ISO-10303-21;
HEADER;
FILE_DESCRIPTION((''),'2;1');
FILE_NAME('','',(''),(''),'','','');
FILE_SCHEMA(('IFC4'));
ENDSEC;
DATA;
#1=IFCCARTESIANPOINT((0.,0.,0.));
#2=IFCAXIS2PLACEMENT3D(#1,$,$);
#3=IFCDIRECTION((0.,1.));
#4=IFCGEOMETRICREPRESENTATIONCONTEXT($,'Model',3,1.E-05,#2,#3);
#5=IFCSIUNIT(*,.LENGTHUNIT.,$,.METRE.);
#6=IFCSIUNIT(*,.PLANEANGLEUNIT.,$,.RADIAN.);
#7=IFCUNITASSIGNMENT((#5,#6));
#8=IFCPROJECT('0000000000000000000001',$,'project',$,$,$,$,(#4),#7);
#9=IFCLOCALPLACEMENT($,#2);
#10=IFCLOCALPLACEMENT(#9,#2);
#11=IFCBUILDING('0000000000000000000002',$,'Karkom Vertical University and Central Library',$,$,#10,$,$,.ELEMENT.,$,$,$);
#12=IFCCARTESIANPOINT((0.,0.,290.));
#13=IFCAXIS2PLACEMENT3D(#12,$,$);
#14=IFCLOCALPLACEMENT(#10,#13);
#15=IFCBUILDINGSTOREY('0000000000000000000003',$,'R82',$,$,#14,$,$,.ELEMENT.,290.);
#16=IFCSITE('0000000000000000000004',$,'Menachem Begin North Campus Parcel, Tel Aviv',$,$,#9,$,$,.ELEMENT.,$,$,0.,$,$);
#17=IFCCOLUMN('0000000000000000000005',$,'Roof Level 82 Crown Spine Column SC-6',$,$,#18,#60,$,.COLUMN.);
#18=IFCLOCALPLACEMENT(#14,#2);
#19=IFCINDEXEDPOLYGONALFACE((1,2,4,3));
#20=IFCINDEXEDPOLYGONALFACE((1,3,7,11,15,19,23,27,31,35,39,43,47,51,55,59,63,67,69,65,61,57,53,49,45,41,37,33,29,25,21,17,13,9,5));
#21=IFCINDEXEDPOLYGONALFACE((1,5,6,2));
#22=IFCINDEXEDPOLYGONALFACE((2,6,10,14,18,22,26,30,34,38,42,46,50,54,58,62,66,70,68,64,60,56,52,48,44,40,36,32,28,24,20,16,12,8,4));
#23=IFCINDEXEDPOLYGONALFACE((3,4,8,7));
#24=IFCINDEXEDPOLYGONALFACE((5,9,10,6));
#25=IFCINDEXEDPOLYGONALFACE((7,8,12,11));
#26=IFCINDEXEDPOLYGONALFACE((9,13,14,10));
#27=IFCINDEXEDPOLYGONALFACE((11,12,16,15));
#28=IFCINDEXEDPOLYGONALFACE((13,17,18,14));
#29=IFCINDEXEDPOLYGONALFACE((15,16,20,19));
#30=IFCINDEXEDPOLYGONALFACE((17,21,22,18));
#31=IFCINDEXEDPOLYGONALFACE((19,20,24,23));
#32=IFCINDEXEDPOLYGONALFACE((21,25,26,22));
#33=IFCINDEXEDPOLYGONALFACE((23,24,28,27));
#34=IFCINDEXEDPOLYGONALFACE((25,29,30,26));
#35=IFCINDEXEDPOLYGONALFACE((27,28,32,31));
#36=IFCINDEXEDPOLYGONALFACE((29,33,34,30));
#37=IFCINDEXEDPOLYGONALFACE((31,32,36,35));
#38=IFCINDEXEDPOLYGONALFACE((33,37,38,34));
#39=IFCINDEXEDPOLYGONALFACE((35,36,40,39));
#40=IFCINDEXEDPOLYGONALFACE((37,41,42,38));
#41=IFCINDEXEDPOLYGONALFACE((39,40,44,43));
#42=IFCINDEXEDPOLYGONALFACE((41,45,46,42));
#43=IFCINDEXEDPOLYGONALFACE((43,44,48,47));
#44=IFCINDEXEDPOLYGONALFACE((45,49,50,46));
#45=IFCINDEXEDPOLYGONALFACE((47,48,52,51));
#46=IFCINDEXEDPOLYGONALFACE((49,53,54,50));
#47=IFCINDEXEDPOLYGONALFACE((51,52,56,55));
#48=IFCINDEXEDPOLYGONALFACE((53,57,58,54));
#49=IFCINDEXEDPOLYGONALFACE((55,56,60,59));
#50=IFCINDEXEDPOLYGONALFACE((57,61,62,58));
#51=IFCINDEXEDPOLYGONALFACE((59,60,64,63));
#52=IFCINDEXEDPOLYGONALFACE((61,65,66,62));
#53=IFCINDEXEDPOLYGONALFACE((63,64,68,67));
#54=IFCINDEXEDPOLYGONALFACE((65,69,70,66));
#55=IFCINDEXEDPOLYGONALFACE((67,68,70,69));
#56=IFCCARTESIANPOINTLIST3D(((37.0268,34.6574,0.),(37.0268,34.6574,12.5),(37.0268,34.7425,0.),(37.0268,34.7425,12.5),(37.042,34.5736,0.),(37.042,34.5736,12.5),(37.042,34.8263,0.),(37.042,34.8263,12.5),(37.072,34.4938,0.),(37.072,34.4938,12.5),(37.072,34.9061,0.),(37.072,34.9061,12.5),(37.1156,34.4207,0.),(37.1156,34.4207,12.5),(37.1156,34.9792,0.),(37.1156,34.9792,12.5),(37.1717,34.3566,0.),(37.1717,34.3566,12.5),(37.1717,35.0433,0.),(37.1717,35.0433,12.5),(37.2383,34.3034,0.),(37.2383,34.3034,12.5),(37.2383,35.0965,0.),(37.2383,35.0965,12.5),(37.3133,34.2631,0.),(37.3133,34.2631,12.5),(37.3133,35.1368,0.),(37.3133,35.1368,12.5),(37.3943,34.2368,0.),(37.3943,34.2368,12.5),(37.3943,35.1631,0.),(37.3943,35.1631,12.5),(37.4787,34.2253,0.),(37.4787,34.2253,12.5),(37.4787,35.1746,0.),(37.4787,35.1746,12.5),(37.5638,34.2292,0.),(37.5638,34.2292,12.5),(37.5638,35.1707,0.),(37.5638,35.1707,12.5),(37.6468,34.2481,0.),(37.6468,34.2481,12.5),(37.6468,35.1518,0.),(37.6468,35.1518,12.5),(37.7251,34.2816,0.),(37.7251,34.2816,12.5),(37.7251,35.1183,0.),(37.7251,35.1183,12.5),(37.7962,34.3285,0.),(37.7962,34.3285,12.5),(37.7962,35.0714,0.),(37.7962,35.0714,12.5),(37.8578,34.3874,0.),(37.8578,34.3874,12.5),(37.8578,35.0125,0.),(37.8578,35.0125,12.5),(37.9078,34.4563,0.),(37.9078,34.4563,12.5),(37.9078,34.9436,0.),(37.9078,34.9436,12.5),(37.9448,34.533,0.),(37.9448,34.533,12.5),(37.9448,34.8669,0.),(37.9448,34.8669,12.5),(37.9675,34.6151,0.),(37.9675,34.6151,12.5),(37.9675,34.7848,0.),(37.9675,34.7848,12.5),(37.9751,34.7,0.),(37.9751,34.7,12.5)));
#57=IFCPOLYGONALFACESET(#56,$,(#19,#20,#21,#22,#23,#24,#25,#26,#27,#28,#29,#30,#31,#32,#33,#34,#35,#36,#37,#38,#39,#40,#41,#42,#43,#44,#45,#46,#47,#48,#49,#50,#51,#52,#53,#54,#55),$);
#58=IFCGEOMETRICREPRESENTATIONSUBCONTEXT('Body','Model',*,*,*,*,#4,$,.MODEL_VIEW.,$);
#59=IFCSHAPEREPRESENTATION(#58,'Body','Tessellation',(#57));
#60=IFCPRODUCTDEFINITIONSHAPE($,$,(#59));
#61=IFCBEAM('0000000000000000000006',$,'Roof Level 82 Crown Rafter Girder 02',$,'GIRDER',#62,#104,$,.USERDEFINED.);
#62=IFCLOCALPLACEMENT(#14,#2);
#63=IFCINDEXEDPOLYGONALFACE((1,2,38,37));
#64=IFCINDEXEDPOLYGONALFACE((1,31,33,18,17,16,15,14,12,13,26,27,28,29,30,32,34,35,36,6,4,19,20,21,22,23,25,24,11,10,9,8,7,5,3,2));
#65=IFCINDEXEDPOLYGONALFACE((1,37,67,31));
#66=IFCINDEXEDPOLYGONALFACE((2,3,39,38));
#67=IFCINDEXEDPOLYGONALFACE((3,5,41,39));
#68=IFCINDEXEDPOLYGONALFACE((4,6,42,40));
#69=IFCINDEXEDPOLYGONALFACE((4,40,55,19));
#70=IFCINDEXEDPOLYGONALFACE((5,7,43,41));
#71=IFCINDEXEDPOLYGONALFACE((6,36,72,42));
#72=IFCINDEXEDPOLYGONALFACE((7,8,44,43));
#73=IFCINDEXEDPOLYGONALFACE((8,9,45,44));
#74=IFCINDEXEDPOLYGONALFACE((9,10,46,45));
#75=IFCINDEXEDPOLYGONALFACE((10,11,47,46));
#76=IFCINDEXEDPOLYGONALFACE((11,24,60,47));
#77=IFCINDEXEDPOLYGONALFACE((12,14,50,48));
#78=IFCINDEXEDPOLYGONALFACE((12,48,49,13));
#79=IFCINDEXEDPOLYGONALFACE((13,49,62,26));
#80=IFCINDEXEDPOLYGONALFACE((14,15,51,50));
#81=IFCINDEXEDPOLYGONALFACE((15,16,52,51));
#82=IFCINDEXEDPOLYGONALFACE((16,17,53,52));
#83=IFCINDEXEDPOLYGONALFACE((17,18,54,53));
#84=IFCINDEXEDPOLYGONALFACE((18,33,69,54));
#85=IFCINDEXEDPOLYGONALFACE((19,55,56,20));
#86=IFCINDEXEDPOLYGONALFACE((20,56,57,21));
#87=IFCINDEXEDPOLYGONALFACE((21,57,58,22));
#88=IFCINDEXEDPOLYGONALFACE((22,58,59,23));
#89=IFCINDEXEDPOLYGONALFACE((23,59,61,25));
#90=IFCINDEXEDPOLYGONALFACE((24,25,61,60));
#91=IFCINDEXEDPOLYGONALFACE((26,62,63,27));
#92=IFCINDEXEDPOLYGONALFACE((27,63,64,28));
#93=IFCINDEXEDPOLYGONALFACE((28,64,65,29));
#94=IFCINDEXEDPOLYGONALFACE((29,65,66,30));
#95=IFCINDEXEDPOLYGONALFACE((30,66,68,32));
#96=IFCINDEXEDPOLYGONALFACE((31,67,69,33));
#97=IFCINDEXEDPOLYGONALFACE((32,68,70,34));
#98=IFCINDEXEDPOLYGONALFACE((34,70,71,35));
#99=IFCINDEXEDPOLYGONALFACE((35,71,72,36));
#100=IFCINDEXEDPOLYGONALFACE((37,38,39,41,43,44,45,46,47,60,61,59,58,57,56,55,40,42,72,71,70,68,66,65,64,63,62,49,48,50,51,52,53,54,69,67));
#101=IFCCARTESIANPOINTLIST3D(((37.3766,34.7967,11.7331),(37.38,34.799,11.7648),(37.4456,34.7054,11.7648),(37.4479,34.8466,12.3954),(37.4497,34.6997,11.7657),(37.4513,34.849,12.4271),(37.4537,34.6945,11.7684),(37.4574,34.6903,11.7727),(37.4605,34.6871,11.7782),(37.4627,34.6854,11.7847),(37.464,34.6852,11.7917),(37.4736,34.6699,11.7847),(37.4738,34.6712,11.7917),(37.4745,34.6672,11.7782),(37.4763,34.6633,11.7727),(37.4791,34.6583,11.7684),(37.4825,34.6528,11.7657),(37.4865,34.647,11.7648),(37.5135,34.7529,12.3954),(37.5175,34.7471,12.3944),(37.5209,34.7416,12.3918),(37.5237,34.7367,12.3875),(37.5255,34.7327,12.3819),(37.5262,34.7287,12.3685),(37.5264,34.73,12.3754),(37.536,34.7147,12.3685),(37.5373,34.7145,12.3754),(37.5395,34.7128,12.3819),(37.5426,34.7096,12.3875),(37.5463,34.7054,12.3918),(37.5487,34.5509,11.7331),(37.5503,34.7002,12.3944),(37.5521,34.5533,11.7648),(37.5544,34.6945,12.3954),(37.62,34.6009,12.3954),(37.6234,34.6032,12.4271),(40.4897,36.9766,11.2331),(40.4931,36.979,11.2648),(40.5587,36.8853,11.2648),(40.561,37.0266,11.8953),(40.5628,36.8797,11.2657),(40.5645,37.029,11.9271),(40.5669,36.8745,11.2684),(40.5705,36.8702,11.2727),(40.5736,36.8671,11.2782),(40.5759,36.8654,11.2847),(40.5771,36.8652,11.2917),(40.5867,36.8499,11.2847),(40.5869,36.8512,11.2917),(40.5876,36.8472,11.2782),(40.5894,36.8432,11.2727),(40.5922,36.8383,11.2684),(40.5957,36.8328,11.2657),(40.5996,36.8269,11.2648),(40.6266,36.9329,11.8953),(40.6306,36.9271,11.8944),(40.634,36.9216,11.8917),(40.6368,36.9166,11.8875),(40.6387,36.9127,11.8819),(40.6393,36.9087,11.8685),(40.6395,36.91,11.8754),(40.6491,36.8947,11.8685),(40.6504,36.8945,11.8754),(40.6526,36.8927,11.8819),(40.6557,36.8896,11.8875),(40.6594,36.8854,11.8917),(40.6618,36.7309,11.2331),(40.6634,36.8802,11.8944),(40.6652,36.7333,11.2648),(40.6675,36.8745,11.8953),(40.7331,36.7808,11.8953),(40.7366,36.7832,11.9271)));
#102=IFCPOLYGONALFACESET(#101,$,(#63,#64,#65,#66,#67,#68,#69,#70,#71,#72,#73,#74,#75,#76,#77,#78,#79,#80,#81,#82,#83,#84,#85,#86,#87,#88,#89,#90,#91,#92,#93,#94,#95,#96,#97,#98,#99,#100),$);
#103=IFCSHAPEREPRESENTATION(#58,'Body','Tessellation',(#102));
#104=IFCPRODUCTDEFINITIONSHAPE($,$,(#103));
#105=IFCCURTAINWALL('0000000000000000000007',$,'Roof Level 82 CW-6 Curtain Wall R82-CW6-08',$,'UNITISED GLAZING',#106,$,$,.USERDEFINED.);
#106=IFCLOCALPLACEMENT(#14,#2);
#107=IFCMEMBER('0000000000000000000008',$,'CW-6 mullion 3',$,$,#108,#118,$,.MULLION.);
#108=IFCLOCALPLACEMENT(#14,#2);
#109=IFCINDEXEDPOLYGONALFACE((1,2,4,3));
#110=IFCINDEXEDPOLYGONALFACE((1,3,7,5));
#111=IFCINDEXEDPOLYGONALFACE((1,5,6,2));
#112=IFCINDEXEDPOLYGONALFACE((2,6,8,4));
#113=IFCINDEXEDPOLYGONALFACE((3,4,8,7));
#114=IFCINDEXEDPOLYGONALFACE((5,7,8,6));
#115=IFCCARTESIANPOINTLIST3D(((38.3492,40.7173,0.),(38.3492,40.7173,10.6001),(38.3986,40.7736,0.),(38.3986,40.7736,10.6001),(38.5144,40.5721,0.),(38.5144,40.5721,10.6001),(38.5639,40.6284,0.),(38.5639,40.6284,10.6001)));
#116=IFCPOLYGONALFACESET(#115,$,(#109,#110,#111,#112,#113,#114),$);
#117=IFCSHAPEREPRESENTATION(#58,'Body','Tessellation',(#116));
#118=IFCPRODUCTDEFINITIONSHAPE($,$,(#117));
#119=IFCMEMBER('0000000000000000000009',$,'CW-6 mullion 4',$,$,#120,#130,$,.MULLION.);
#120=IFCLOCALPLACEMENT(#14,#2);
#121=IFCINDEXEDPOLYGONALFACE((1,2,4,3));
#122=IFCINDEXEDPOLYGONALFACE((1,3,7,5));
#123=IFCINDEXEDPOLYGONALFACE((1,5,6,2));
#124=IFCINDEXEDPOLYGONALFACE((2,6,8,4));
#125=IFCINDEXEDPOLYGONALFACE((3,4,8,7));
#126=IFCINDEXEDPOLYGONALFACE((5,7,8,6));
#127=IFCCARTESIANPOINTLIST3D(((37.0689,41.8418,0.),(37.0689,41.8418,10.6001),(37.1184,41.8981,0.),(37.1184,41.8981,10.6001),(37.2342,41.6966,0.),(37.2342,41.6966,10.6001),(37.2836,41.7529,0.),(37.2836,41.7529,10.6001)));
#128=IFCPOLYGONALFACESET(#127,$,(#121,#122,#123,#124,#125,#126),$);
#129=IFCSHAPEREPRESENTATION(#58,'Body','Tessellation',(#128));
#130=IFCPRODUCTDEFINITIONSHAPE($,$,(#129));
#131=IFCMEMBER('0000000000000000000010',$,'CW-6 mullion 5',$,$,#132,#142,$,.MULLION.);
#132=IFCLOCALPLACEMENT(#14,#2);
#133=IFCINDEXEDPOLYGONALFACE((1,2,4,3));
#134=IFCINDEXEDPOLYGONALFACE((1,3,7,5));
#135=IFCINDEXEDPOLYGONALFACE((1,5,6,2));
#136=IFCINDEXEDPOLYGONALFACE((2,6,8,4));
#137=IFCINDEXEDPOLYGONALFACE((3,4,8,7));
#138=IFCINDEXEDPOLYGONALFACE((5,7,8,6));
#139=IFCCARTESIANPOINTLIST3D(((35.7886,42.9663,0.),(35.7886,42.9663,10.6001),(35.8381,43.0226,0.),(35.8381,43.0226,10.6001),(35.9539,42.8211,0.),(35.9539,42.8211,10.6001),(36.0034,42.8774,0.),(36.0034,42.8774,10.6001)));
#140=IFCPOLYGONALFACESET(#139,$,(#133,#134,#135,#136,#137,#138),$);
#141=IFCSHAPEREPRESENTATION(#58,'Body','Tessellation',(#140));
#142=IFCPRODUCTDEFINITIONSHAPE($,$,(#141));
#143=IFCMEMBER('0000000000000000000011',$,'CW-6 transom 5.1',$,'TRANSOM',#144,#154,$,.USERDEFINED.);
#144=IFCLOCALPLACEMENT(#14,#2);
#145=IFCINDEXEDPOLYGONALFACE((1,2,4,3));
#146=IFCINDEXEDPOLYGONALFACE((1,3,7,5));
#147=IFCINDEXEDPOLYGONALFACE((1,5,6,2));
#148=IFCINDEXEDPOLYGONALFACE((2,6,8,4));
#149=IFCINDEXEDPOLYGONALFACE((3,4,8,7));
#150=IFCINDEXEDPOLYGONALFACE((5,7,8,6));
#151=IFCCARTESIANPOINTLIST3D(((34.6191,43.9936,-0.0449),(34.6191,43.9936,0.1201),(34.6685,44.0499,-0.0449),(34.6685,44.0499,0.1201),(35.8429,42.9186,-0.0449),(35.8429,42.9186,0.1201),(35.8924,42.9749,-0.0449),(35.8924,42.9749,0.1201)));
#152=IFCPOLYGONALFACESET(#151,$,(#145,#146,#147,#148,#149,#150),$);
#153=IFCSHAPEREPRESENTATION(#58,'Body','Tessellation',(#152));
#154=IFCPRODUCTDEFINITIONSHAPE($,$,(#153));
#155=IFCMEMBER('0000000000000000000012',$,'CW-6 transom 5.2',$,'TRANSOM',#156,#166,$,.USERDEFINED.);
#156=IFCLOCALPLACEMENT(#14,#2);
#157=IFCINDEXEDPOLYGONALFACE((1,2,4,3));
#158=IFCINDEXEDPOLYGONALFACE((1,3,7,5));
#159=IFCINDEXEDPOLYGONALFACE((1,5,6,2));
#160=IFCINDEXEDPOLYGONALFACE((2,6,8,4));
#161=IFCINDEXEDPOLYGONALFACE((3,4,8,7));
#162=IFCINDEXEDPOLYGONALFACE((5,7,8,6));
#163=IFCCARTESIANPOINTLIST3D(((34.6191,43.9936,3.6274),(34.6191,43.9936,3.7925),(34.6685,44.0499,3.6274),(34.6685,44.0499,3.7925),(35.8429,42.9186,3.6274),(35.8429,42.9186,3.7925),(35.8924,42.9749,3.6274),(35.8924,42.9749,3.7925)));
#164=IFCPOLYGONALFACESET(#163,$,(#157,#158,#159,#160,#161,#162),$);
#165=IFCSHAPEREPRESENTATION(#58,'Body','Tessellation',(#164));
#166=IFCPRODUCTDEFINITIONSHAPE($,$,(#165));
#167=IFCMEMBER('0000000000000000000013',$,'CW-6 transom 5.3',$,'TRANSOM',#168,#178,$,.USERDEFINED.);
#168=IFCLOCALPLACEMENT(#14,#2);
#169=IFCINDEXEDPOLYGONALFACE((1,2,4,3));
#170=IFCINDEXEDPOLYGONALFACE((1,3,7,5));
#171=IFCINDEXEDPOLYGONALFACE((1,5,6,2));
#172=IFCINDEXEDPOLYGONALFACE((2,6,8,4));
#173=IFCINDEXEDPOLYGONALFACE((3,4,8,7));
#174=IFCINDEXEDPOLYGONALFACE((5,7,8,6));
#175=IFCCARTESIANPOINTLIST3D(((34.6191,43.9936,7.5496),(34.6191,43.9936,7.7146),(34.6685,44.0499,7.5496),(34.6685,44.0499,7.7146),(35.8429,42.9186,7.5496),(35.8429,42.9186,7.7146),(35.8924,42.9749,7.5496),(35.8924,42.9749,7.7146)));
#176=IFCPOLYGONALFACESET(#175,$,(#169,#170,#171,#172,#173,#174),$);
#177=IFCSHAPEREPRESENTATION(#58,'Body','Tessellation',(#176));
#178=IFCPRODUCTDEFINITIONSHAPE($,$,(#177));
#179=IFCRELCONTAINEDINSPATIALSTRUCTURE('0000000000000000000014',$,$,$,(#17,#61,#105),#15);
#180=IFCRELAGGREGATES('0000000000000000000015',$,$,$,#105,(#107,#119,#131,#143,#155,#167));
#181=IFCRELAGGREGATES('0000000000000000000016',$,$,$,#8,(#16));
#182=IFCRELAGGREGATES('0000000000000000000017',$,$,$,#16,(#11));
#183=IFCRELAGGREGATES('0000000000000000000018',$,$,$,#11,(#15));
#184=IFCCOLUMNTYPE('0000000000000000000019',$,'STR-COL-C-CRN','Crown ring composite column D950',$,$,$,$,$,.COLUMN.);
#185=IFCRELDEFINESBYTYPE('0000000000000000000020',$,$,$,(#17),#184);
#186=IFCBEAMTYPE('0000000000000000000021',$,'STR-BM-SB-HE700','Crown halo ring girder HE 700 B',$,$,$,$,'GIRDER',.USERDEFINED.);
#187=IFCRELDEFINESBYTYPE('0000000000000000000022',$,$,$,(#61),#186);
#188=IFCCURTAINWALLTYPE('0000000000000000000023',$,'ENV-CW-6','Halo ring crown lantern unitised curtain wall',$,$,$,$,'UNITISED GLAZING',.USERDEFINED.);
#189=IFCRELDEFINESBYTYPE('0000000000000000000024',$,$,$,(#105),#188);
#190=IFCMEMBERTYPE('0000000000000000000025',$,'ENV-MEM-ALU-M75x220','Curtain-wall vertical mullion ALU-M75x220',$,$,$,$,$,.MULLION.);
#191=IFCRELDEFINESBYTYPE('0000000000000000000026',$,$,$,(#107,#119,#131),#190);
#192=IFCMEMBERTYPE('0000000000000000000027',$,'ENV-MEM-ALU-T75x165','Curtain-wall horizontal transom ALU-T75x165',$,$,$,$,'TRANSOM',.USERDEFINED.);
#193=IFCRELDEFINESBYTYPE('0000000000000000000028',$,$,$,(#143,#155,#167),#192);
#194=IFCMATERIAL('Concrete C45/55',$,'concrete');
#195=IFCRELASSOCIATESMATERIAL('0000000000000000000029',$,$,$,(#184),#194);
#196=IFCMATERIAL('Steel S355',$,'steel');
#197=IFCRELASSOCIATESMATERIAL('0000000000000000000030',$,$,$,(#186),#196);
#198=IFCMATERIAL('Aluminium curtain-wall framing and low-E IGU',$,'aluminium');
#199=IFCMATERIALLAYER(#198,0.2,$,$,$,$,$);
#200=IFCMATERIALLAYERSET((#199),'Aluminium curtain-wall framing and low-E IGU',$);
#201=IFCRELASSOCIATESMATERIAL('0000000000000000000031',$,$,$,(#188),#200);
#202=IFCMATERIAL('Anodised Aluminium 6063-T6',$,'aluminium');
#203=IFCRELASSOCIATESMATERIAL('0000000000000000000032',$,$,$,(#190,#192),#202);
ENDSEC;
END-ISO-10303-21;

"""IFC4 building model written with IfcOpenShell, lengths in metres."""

from ifc_helpers import new_model, si_unit, direction, frame, origin, origin_with_axes, origin_2d, place, context, subcontext, project, spatial, rectangle, circle, i_section, extrude, source, transform, mapped, material, layer, layer_set, material_profile, profile_set, type_object, element, aggregate, save


model = new_model("IFC4")

# Units and contexts
model_context = context("Model", 3, precision=1e-05, world=origin(), true_north=direction((0.0, 1.0)))
body_context = subcontext(model_context, "Body", "Model", "MODEL_VIEW")
ifc_project = project(units=[si_unit("LENGTHUNIT", "METRE"), si_unit("PLANEANGLEUNIT", "RADIAN")], contexts=[model_context])

# Site, building, storey
site_placement = place(None, origin())
site = spatial("IfcSite", under=ifc_project, at=site_placement, Name="Menachem Begin North Campus Parcel, Tel Aviv", CompositionType="ELEMENT", RefElevation=0.0)
building_placement = place(site_placement, origin())
building = spatial("IfcBuilding", under=site, at=building_placement, Name="Karkom Vertical University and Central Library", CompositionType="ELEMENT")
storey_placement = place(building_placement, frame((0.0, 0.0, 290.0)))
storey = spatial("IfcBuildingStorey", under=building, at=storey_placement, Name="R82", CompositionType="ELEMENT", Elevation=290.0)

# Column
ifc_material_1 = material(Name="Concrete C45/55", Category="concrete")
ifc_material_profile_1 = material_profile(ifc_material_1, circle(Radius=0.4751, at=origin_2d()), Name="CFT-D950")
ifc_profile_set_1 = profile_set([ifc_material_profile_1], Name="Concrete C45/55")
column_type = type_object("IfcColumnType", Name="STR-COL-C-CRN", Description="Crown ring composite column D950", PredefinedType="COLUMN", material=ifc_profile_set_1)
shared_shape_1 = source(origin_with_axes(), body_context, "Body", "SweptSolid", [
    extrude(circle(Radius=0.4751, at=origin_2d()), origin(), (0.0, 0.0, 1.0), 12.5),
])
column_placement = place(storey_placement, frame((37.5, 34.7, 0.0), z_axis=(0.0, 0.0, 1.0), x_axis=(1.0, 0.0, 0.0)))
element("IfcColumn", 1, at=column_placement, inside=storey, type_object=column_type, Name="Roof Level 82 Crown Spine Column SC-6", PredefinedType="COLUMN", context=body_context, shape_type="MappedRepresentation", body=[
    mapped(shared_shape_1, transform((0.0, 0.0, 0.0), scale=1.0)),
])

# Beam
ifc_material_2 = material(Name="Steel S355", Category="steel")
ifc_material_profile_2 = material_profile(ifc_material_2, i_section(OverallWidth=0.3, OverallDepth=0.7, WebThickness=0.0171, FlangeThickness=0.032, FilletRadius=0.0271, at=origin_2d()), Name="HE 700 B")
ifc_profile_set_2 = profile_set([ifc_material_profile_2], Name="Steel S355")
beam_type = type_object("IfcBeamType", Name="STR-BM-SB-HE700", Description="Crown halo ring girder HE 700 B", ElementType="GIRDER", PredefinedType="USERDEFINED", material=ifc_profile_set_2)
shared_shape_2 = source(origin_with_axes(), body_context, "Body", "SweptSolid", [
    extrude(i_section(OverallWidth=0.3, OverallDepth=0.7, WebThickness=0.0171, FlangeThickness=0.032, FilletRadius=0.0271, at=origin_2d()), origin(), (0.0, 0.0, 1.0), 3.8333),
])
beam_placement = place(storey_placement, frame((37.5, 34.7, 12.0801), z_axis=(0.812134, 0.568704, -0.130441), x_axis=(-0.573605, 0.819132, 0.0)))
element("IfcBeam", 2, at=beam_placement, inside=storey, type_object=beam_type, Name="Roof Level 82 Crown Rafter Girder 02", ObjectType="GIRDER", PredefinedType="USERDEFINED", context=body_context, shape_type="MappedRepresentation", body=[
    mapped(shared_shape_2, transform((0.0, 0.0, 0.0), scale=1.0)),
])

# Curtain wall, members
ifc_material_3 = material(Name="Aluminium curtain-wall framing and low-E IGU", Category="aluminium")
ifc_layer_1 = layer(ifc_material_3, 0.2)
ifc_layer_set_1 = layer_set([ifc_layer_1], Name="Aluminium curtain-wall framing and low-E IGU")
curtain_wall_type = type_object("IfcCurtainWallType", Name="ENV-CW-6", Description="Halo ring crown lantern unitised curtain wall", ElementType="UNITISED GLAZING", PredefinedType="USERDEFINED", material=ifc_layer_set_1)
curtain_wall_placement = place(storey_placement, origin())
curtain_wall = element("IfcCurtainWall", 3, at=curtain_wall_placement, inside=storey, type_object=curtain_wall_type, Name="Roof Level 82 CW-6 Curtain Wall R82-CW6-08", ObjectType="UNITISED GLAZING", PredefinedType="USERDEFINED")
ifc_material_4 = material(Name="Anodised Aluminium 6063-T6", Category="aluminium")
ifc_material_profile_3 = material_profile(ifc_material_4, rectangle(XDim=0.075, YDim=0.22, at=origin_2d()), Name="ALU-M75x220")
ifc_profile_set_3 = profile_set([ifc_material_profile_3], Name="Anodised Aluminium 6063-T6")
member_type_1 = type_object("IfcMemberType", Name="ENV-MEM-ALU-M75x220", Description="Curtain-wall vertical mullion ALU-M75x220", PredefinedType="MULLION", material=ifc_profile_set_3)
shared_shape_3 = source(origin_with_axes(), body_context, "Body", "SweptSolid", [
    extrude(rectangle(XDim=0.075, YDim=0.22, at=origin_2d()), origin(), (0.0, 0.0, 1.0), 10.6001),
])
member_1_placement = place(storey_placement, frame((38.4565, 40.6729, 0.0), z_axis=(0.0, 0.0, 1.0), x_axis=(-0.659936, -0.751322, 0.0)))
member_1 = element("IfcMember", 4, at=member_1_placement, type_object=member_type_1, Name="CW-6 mullion 3", PredefinedType="MULLION", context=body_context, shape_type="MappedRepresentation", body=[
    mapped(shared_shape_3, transform((0.0, 0.0, 0.0), scale=1.0)),
])
member_2_placement = place(storey_placement, frame((37.1763, 41.7974, 0.0), z_axis=(0.0, 0.0, 1.0), x_axis=(-0.659936, -0.751322, 0.0)))
member_2 = element("IfcMember", 5, at=member_2_placement, type_object=member_type_1, Name="CW-6 mullion 4", PredefinedType="MULLION", context=body_context, shape_type="MappedRepresentation", body=[
    mapped(shared_shape_3, transform((0.0, 0.0, 0.0), scale=1.0)),
])
member_3_placement = place(storey_placement, frame((35.896, 42.9219, 0.0), z_axis=(0.0, 0.0, 1.0), x_axis=(-0.659936, -0.751322, 0.0)))
member_3 = element("IfcMember", 6, at=member_3_placement, type_object=member_type_1, Name="CW-6 mullion 5", PredefinedType="MULLION", context=body_context, shape_type="MappedRepresentation", body=[
    mapped(shared_shape_3, transform((0.0, 0.0, 0.0), scale=1.0)),
])
ifc_material_profile_4 = material_profile(ifc_material_4, rectangle(XDim=0.075, YDim=0.165, at=origin_2d()), Name="ALU-T75x165")
ifc_profile_set_4 = profile_set([ifc_material_profile_4], Name="Anodised Aluminium 6063-T6")
member_type_2 = type_object("IfcMemberType", Name="ENV-MEM-ALU-T75x165", Description="Curtain-wall horizontal transom ALU-T75x165", ElementType="TRANSOM", PredefinedType="USERDEFINED", material=ifc_profile_set_4)
shared_shape_4 = source(origin_with_axes(), body_context, "Body", "SweptSolid", [
    extrude(rectangle(XDim=0.075, YDim=0.165, at=origin_2d()), origin(), (0.0, 0.0, 1.0), 1.6289),
])
member_4_placement = place(storey_placement, frame((35.8677, 42.9468, 0.0376), z_axis=(-0.751341, 0.659915, 0.0), x_axis=(-0.659915, -0.751341, 0.0)))
member_4 = element("IfcMember", 7, at=member_4_placement, type_object=member_type_2, Name="CW-6 transom 5.1", ObjectType="TRANSOM", PredefinedType="USERDEFINED", context=body_context, shape_type="MappedRepresentation", body=[
    mapped(shared_shape_4, transform((0.0, 0.0, 0.0), scale=1.0)),
])
member_5_placement = place(storey_placement, frame((35.8677, 42.9468, 3.71), z_axis=(-0.751341, 0.659915, 0.0), x_axis=(-0.659915, -0.751341, 0.0)))
member_5 = element("IfcMember", 8, at=member_5_placement, type_object=member_type_2, Name="CW-6 transom 5.2", ObjectType="TRANSOM", PredefinedType="USERDEFINED", context=body_context, shape_type="MappedRepresentation", body=[
    mapped(shared_shape_4, transform((0.0, 0.0, 0.0), scale=1.0)),
])
member_6_placement = place(storey_placement, frame((35.8677, 42.9468, 7.6321), z_axis=(-0.751341, 0.659915, 0.0), x_axis=(-0.659915, -0.751341, 0.0)))
member_6 = element("IfcMember", 9, at=member_6_placement, type_object=member_type_2, Name="CW-6 transom 5.3", ObjectType="TRANSOM", PredefinedType="USERDEFINED", context=body_context, shape_type="MappedRepresentation", body=[
    mapped(shared_shape_4, transform((0.0, 0.0, 0.0), scale=1.0)),
])
aggregate(curtain_wall, [member_1, member_2, member_3, member_4, member_5, member_6])

save(model, "model.ifc")
